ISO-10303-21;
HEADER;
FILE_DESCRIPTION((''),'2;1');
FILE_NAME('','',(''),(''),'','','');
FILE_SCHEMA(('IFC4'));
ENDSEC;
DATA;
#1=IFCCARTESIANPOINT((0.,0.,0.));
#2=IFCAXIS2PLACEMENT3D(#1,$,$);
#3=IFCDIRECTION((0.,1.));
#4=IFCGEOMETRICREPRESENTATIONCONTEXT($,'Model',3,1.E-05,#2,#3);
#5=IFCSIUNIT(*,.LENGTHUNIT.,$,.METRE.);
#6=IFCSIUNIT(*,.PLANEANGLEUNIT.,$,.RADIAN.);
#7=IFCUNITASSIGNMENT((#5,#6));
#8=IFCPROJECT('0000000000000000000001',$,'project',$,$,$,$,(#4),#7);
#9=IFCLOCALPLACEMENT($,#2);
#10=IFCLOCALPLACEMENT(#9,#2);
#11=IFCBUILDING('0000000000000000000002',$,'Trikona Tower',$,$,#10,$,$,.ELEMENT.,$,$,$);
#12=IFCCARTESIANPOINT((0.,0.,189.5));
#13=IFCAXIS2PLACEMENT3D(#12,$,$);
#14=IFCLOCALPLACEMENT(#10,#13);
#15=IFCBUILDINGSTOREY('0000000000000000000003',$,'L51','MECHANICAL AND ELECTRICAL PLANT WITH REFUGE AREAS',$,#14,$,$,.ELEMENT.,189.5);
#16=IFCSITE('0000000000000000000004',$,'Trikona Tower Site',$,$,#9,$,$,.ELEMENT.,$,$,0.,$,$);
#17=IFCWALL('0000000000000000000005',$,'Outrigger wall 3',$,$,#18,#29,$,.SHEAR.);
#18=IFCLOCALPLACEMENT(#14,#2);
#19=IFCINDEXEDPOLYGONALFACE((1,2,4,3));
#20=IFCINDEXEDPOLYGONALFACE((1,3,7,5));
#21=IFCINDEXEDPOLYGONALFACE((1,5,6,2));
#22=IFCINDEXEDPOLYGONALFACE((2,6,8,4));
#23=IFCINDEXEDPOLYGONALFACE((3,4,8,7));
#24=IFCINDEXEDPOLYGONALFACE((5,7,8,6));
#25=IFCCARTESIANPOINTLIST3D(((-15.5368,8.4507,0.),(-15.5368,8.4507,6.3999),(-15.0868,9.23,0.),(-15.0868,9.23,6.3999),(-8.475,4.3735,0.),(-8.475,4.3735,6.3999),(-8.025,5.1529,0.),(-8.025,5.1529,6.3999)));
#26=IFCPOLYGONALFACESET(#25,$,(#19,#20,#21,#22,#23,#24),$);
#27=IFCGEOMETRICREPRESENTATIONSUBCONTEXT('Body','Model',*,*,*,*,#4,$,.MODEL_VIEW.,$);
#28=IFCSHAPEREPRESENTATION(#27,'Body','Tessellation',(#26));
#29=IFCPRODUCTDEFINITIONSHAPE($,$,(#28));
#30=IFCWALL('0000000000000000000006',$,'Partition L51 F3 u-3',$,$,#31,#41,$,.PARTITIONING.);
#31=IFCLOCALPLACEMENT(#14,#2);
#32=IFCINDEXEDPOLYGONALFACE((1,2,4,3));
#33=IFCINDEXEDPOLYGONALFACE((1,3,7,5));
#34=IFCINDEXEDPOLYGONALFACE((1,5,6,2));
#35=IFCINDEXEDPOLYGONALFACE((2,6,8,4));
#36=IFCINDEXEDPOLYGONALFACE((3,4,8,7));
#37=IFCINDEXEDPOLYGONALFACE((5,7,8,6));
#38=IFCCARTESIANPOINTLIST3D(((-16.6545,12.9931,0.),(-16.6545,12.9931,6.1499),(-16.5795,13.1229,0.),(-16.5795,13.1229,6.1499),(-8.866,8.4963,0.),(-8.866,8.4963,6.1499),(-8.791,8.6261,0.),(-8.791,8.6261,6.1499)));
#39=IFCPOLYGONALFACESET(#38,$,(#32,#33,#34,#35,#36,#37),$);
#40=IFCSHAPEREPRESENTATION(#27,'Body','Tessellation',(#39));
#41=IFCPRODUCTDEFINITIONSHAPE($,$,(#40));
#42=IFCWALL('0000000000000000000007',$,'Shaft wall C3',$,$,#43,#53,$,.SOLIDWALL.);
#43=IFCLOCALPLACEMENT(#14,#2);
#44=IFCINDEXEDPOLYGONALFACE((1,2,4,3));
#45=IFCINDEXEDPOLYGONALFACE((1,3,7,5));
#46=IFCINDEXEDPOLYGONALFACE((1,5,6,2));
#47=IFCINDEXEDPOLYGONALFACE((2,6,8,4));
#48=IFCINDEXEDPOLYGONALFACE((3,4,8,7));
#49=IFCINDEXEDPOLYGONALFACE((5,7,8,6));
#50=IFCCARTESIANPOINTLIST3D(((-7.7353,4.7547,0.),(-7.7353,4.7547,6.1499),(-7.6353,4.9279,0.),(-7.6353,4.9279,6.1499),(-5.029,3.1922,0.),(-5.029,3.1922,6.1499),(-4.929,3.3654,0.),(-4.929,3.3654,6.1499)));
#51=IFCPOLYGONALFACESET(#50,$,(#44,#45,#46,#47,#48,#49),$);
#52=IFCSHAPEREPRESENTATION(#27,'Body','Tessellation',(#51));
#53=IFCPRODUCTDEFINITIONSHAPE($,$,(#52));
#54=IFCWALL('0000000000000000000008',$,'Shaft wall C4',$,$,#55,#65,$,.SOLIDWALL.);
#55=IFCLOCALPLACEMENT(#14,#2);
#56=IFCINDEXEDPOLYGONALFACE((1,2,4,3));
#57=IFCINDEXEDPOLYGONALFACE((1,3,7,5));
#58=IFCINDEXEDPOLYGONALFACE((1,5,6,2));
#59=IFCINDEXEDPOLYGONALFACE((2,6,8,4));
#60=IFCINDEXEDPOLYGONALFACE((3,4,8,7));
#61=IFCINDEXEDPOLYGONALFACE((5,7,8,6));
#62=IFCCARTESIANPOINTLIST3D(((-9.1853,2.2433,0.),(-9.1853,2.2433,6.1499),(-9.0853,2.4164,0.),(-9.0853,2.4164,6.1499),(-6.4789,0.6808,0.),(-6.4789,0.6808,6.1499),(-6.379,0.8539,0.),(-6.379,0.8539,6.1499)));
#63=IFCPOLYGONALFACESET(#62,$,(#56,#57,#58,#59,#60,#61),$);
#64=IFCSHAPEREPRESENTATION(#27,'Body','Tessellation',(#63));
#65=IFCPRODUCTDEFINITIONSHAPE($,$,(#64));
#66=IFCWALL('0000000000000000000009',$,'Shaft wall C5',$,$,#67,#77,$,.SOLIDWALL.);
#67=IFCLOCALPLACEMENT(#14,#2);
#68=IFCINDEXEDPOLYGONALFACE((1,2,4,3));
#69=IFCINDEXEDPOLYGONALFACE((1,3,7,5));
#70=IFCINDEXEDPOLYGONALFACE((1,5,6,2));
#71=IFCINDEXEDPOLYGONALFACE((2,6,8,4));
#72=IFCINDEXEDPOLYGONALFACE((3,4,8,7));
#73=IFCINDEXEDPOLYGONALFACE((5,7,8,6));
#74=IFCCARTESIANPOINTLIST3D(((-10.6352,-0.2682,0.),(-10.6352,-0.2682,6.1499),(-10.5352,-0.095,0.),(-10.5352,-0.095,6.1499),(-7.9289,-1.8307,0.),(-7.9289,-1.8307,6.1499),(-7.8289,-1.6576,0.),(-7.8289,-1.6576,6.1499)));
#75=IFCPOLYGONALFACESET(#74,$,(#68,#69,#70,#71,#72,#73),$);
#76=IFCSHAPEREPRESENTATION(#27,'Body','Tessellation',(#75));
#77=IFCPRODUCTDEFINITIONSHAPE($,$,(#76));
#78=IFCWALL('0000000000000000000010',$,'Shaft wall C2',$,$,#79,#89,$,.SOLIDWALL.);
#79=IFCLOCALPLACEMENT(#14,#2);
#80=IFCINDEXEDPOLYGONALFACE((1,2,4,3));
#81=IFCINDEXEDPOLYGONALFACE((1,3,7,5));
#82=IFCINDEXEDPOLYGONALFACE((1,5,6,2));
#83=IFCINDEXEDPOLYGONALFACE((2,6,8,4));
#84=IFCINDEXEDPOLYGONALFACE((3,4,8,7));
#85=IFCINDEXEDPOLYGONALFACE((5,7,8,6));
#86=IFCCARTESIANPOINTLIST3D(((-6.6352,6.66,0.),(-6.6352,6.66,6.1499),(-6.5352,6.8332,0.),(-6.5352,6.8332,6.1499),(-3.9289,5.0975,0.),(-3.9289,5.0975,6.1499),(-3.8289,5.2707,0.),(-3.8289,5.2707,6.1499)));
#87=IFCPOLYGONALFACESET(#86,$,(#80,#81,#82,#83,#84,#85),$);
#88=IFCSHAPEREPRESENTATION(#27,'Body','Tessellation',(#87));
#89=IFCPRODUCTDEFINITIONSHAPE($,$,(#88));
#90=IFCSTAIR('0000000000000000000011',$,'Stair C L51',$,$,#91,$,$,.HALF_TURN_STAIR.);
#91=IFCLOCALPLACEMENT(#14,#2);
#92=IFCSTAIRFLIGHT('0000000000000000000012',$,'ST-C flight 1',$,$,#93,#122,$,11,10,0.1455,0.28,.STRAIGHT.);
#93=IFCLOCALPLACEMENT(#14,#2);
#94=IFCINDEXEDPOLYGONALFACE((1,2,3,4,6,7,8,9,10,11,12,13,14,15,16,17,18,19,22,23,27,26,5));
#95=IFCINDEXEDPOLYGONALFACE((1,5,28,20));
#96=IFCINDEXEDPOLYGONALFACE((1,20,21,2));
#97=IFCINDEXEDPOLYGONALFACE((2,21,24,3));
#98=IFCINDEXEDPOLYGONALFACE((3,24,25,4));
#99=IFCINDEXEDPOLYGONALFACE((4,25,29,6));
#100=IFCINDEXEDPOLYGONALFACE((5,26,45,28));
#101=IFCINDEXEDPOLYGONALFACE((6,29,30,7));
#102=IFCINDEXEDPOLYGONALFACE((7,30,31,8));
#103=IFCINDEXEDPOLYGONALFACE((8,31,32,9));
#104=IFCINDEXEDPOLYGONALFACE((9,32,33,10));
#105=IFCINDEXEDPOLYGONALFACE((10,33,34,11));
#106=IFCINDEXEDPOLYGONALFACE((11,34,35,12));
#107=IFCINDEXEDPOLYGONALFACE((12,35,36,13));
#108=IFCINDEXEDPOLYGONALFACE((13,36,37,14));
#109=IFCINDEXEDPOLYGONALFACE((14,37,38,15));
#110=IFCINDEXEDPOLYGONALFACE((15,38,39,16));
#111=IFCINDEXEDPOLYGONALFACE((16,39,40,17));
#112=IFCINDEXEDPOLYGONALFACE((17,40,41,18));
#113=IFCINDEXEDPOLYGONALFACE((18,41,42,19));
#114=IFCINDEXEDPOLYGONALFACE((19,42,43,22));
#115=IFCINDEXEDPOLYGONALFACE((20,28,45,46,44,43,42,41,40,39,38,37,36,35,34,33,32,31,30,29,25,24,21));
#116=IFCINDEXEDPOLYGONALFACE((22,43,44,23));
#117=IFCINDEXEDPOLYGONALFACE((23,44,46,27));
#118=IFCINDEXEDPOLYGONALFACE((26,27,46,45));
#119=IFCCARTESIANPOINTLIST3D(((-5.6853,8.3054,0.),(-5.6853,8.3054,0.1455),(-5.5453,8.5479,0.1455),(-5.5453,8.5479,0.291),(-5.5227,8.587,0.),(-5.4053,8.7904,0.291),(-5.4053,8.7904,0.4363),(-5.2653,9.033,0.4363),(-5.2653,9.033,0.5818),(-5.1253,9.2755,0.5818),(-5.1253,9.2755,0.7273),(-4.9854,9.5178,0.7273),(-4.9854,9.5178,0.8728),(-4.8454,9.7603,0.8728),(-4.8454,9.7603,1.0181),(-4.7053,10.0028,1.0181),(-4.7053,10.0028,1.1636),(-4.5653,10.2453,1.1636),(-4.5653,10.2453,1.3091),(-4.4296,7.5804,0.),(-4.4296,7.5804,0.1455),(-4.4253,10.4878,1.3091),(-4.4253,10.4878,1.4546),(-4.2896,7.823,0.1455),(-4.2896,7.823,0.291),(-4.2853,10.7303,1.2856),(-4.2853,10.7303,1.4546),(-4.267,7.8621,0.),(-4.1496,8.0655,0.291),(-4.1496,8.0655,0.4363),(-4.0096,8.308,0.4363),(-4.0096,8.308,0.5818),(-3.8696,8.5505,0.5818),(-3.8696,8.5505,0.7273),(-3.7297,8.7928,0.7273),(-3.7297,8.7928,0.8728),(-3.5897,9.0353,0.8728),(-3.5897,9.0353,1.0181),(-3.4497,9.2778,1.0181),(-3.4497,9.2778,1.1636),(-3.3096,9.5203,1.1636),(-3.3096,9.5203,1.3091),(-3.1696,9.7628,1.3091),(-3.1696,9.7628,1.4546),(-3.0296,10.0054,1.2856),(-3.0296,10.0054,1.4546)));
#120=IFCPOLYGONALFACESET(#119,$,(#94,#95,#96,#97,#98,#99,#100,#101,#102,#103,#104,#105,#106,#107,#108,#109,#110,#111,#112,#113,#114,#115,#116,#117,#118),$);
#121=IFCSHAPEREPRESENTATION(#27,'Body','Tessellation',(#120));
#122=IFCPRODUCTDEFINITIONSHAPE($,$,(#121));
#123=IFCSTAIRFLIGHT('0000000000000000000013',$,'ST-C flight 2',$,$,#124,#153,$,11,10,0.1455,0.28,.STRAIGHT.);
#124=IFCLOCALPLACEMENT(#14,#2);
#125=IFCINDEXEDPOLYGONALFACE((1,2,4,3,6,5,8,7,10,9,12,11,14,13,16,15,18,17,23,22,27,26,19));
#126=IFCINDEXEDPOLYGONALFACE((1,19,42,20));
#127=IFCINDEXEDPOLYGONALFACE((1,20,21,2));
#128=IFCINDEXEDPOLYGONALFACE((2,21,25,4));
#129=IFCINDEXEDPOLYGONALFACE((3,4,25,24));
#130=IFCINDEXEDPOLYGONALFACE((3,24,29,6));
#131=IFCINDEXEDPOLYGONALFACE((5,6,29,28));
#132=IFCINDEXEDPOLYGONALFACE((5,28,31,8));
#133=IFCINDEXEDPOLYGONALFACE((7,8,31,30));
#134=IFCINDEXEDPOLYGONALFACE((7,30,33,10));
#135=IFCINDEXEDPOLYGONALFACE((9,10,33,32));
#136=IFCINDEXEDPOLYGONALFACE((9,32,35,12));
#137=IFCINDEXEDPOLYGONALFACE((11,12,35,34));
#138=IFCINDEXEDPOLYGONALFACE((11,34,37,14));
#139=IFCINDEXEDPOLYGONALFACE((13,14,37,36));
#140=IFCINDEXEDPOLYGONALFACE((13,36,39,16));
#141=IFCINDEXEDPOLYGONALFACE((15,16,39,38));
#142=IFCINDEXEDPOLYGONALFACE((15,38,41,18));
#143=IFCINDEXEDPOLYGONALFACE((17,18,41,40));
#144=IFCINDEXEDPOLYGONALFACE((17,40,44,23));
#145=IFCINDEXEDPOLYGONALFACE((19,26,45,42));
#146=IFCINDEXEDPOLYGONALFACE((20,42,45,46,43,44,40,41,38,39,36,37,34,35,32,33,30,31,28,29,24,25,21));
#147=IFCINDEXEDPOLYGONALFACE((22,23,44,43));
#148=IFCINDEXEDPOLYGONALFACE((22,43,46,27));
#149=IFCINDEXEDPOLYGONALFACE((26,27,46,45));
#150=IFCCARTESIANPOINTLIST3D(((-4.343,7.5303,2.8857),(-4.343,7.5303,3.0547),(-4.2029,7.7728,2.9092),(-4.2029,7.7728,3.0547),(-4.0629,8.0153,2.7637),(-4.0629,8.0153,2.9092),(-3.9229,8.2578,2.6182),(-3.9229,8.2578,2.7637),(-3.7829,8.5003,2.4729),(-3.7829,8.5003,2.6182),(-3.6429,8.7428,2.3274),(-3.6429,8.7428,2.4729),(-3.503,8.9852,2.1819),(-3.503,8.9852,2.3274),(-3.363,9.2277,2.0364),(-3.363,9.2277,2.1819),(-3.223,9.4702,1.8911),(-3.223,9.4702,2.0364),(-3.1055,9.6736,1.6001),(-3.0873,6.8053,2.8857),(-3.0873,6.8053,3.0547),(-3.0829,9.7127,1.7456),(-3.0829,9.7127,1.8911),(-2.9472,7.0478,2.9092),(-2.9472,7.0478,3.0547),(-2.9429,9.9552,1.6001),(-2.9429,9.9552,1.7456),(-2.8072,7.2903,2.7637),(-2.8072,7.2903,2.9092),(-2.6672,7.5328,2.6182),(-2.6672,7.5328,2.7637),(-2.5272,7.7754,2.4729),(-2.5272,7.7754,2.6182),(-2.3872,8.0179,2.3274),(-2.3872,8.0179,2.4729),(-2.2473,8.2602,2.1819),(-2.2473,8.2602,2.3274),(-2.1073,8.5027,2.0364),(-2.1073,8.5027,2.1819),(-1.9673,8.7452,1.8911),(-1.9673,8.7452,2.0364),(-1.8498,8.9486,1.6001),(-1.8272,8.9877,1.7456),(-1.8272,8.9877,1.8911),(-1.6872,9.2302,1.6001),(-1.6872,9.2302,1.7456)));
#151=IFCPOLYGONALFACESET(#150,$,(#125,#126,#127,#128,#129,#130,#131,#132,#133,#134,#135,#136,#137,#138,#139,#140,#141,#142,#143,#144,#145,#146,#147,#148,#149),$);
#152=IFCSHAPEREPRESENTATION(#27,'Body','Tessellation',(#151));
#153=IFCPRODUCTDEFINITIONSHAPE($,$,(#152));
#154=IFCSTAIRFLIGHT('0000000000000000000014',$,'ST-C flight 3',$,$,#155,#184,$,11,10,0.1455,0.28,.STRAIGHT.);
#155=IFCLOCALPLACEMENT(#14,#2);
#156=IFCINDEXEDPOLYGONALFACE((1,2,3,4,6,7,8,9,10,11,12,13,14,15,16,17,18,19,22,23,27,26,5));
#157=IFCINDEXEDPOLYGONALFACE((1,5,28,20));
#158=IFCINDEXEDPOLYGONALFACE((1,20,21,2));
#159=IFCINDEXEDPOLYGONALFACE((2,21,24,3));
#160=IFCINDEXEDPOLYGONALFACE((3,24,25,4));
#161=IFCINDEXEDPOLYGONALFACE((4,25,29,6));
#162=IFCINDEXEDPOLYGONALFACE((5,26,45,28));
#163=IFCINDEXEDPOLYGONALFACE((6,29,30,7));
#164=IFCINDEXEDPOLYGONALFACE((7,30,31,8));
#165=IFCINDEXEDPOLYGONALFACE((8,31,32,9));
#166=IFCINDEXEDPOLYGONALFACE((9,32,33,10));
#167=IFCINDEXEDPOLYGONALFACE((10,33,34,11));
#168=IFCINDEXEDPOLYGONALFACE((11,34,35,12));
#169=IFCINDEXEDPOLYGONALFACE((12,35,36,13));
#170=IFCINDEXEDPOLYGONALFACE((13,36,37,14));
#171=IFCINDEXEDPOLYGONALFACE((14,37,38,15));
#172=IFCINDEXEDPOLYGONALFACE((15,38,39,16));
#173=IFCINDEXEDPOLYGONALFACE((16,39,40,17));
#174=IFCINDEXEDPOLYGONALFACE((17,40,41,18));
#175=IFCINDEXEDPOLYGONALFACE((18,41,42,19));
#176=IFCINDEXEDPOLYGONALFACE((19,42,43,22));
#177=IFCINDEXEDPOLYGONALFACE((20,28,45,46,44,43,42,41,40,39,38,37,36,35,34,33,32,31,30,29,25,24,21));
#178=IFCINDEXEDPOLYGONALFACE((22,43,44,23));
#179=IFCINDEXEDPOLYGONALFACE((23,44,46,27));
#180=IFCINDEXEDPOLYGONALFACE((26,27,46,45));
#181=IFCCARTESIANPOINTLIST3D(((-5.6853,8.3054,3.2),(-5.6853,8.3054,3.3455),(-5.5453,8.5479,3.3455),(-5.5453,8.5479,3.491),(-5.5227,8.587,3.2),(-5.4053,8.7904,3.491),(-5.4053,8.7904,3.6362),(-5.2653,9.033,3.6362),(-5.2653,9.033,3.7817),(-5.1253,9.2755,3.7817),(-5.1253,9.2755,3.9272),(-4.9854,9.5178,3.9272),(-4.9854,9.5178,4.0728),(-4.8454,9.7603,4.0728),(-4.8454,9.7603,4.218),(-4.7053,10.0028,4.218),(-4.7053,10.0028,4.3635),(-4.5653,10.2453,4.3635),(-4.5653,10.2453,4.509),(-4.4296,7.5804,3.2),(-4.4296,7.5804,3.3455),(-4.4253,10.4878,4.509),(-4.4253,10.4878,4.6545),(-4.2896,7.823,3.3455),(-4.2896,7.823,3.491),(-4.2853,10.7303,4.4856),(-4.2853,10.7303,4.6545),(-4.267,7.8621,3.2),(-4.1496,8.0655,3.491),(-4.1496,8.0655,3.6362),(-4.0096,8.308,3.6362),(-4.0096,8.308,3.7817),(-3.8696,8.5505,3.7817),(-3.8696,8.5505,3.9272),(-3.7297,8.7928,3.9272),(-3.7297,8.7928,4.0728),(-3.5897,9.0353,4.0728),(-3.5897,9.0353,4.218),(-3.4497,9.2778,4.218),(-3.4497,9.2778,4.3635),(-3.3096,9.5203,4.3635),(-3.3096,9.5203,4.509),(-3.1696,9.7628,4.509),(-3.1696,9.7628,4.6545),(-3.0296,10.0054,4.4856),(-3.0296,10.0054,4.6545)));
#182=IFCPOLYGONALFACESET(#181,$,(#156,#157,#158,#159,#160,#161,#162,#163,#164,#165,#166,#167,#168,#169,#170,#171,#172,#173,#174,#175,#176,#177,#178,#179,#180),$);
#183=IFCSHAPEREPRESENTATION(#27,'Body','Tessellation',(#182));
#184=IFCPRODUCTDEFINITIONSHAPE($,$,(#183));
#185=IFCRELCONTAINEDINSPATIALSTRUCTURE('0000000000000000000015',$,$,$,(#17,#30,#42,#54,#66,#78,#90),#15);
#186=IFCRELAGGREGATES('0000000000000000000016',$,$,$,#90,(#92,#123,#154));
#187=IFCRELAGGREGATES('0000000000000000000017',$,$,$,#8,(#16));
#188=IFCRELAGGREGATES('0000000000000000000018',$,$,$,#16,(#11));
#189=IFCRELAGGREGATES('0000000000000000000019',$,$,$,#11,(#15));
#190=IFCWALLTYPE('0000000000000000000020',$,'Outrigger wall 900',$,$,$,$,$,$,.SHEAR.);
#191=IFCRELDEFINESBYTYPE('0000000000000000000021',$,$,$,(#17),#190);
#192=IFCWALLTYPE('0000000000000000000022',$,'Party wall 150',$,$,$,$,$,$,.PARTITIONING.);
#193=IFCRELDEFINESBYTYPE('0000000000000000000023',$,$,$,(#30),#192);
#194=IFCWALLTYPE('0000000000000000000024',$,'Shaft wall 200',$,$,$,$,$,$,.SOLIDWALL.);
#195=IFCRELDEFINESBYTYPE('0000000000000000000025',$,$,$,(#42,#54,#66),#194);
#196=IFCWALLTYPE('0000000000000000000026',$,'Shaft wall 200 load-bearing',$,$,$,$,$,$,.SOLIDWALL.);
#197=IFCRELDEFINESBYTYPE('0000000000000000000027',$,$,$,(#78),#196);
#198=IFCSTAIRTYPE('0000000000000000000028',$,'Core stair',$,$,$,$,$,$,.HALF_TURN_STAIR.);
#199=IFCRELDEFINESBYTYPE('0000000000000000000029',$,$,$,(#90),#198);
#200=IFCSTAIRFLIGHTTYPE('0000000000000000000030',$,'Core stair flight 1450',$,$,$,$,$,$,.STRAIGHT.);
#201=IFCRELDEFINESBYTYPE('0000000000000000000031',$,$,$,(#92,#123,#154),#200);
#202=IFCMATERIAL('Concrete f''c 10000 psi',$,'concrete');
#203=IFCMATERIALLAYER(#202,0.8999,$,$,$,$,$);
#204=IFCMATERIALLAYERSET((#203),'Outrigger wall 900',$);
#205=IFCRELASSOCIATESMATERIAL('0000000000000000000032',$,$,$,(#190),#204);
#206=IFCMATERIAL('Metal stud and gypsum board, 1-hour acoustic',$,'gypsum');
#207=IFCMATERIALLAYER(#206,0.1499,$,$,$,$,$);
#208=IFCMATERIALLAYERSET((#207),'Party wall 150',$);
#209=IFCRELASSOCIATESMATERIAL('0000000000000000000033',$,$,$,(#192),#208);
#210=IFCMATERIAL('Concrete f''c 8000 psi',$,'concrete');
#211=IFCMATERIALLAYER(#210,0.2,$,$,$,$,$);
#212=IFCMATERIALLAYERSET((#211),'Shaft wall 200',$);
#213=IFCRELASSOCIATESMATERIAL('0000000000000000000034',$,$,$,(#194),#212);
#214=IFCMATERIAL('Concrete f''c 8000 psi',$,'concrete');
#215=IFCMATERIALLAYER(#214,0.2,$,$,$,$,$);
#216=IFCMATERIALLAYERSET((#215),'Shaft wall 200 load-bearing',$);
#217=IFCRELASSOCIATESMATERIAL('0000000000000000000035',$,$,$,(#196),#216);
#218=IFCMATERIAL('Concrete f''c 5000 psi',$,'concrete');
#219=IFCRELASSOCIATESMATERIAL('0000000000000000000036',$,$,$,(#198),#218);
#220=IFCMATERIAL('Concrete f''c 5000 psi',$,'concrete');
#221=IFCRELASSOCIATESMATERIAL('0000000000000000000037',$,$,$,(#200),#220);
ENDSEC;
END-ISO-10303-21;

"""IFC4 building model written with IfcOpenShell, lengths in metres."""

from ifc_helpers import new_model, si_unit, direction, frame, frame_2d, origin, place, context, subcontext, project, spatial, polyline, rectangle, outline, extrude, material, layer, layer_set, type_object, element, aggregate, save


model = new_model("IFC4")

# Units and contexts
model_context = context("Model", 3, precision=1e-05, world=origin(), true_north=direction((0.0, 1.0)))
body_context = subcontext(model_context, "Body", "Model", "MODEL_VIEW")
ifc_project = project(units=[si_unit("LENGTHUNIT", "METRE"), si_unit("PLANEANGLEUNIT", "RADIAN")], contexts=[model_context])

# Site, building, storey
site_placement = place(None, origin())
site = spatial("IfcSite", under=ifc_project, at=site_placement, Name="Trikona Tower Site", CompositionType="ELEMENT", RefElevation=0.0)
building_placement = place(site_placement, origin())
building = spatial("IfcBuilding", under=site, at=building_placement, Name="Trikona Tower", CompositionType="ELEMENT")
storey_placement = place(building_placement, frame((0.0, 0.0, 189.5)))
storey = spatial("IfcBuildingStorey", under=building, at=storey_placement, Name="L51", Description="MECHANICAL AND ELECTRICAL PLANT WITH REFUGE AREAS", CompositionType="ELEMENT", Elevation=189.5)

# Walls
ifc_material_1 = material(Name="Concrete f'c 10000 psi", Category="concrete")
ifc_layer_1 = layer(ifc_material_1, 0.8999)
ifc_layer_set_1 = layer_set([ifc_layer_1], Name="Outrigger wall 900")
wall_type_1 = type_object("IfcWallType", Name="Outrigger wall 900", PredefinedType="SHEAR", material=ifc_layer_set_1)
wall_1_placement = place(storey_placement, frame((-8.25, 4.7632, 0.0), z_axis=(0.0, 0.0, 1.0), x_axis=(-0.866024, 0.500003, 0.0)))
element("IfcWall", 1, at=wall_1_placement, inside=storey, type_object=wall_type_1, Name="Outrigger wall 3", PredefinedType="SHEAR", context=body_context, shape_type="SweptSolid", body=[
    extrude(rectangle(XDim=8.1543, YDim=0.8999, at=frame_2d((4.0771, 0.0))), origin(), (0.0, 0.0, 1.0), 6.3999),
])
ifc_material_2 = material(Name="Metal stud and gypsum board, 1-hour acoustic", Category="gypsum")
ifc_layer_2 = layer(ifc_material_2, 0.1499)
ifc_layer_set_2 = layer_set([ifc_layer_2], Name="Party wall 150")
wall_type_2 = type_object("IfcWallType", Name="Party wall 150", PredefinedType="PARTITIONING", material=ifc_layer_set_2)
wall_2_placement = place(storey_placement, frame((-8.8286, 8.5613, 0.0), z_axis=(0.0, 0.0, 1.0), x_axis=(-0.866021, 0.500008, 0.0)))
element("IfcWall", 2, at=wall_2_placement, inside=storey, type_object=wall_type_2, Name="Partition L51 F3 u-3", PredefinedType="PARTITIONING", context=body_context, shape_type="SweptSolid", body=[
    extrude(rectangle(XDim=8.9934, YDim=0.1499, at=frame_2d((4.4966, 0.0))), origin(), (0.0, 0.0, 1.0), 6.1499),
])
ifc_material_3 = material(Name="Concrete f'c 8000 psi", Category="concrete")
ifc_layer_3 = layer(ifc_material_3, 0.2)
ifc_layer_set_3 = layer_set([ifc_layer_3], Name="Shaft wall 200")
wall_type_3 = type_object("IfcWallType", Name="Shaft wall 200", PredefinedType="SOLIDWALL", material=ifc_layer_set_3)
for number, where, z_axis, x_axis, name in (
    (3, (-4.979, 3.2788, 0.0), (0.0, 0.0, 1.0), (-0.866023, 0.500004, 0.0), "Shaft wall C3"),
    (4, (-6.429, 0.7673, 0.0), (0.0, 0.0, 1.0), (-0.866023, 0.500004, 0.0), "Shaft wall C4"),
    (5, (-7.8789, -1.7441, 0.0), (0.0, 0.0, 1.0), (-0.866023, 0.500004, 0.0), "Shaft wall C5"),
):
    element("IfcWall", number, at=place(storey_placement, frame(where, z_axis=z_axis, x_axis=x_axis)), inside=storey, type_object=wall_type_3, Name=name, PredefinedType="SOLIDWALL", context=body_context, shape_type="SweptSolid", body=[
        extrude(rectangle(XDim=3.125, YDim=0.2, at=frame_2d((1.5625, 0.0))), origin(), (0.0, 0.0, 1.0), 6.1499),
    ])
ifc_material_4 = material(Name="Concrete f'c 8000 psi", Category="concrete")
ifc_layer_4 = layer(ifc_material_4, 0.2)
ifc_layer_set_4 = layer_set([ifc_layer_4], Name="Shaft wall 200 load-bearing")
wall_type_4 = type_object("IfcWallType", Name="Shaft wall 200 load-bearing", PredefinedType="SOLIDWALL", material=ifc_layer_set_4)
wall_3_placement = place(storey_placement, frame((-3.8789, 5.1841, 0.0), z_axis=(0.0, 0.0, 1.0), x_axis=(-0.866023, 0.500004, 0.0)))
element("IfcWall", 6, at=wall_3_placement, inside=storey, type_object=wall_type_4, Name="Shaft wall C2", PredefinedType="SOLIDWALL", context=body_context, shape_type="SweptSolid", body=[
    extrude(rectangle(XDim=3.125, YDim=0.2, at=frame_2d((1.5625, 0.0))), origin(), (0.0, 0.0, 1.0), 6.1499),
])

# Stair, stair flights
ifc_material_5 = material(Name="Concrete f'c 5000 psi", Category="concrete")
stair_type = type_object("IfcStairType", Name="Core stair", PredefinedType="HALF_TURN_STAIR", material=ifc_material_5)
stair_placement = place(storey_placement, origin())
stair = element("IfcStair", 7, at=stair_placement, inside=storey, type_object=stair_type, Name="Stair C L51", PredefinedType="HALF_TURN_STAIR")
ifc_material_6 = material(Name="Concrete f'c 5000 psi", Category="concrete")
stair_flight_type = type_object("IfcStairFlightType", Name="Core stair flight 1450", PredefinedType="STRAIGHT", material=ifc_material_6)
stair_flight_1_placement = place(storey_placement, frame((-5.0574, 7.9429, 0.0), z_axis=(0.0, 0.0, 1.0), x_axis=(0.5, 0.866025, 0.0)))
stair_flight_1 = element("IfcStairFlight", 8, at=stair_flight_1_placement, type_object=stair_flight_type, Name="ST-C flight 1", NumberOfRisers=11, NumberOfTreads=10, PredefinedType="STRAIGHT", RiserHeight=0.1455, TreadLength=0.28, context=body_context, shape_type="SweptSolid", body=[
    extrude(outline(polyline([(0.0, 0.0), (0.0, 0.1455), (0.28, 0.1455), (0.28, 0.291), (0.5601, 0.291), (0.5601, 0.4363), (0.8401, 0.4363), (0.8401, 0.5818), (1.1201, 0.5818), (1.1201, 0.7273), (1.3999, 0.7273), (1.3999, 0.8728), (1.6799, 0.8728), (1.6799, 1.0181), (1.96, 1.0181), (1.96, 1.1636), (2.24, 1.1636), (2.24, 1.3091), (2.52, 1.3091), (2.52, 1.4546), (2.8, 1.4546), (2.8, 1.6001), (2.8, 1.2856), (0.3252, 0.0), (0.0, 0.0)])), frame((0.0, 0.7251, 0.0), z_axis=(0.0, -1.0, 0.0), x_axis=(1.0, 0.0, 0.0)), (0.0, 0.0, 1.0), 1.45),
])
stair_flight_2_placement = place(storey_placement, frame((-2.3152, 9.5928, 1.6001), z_axis=(0.0, 0.0, 1.0), x_axis=(-0.5, -0.866025, 0.0)))
stair_flight_2 = element("IfcStairFlight", 9, at=stair_flight_2_placement, type_object=stair_flight_type, Name="ST-C flight 2", NumberOfRisers=11, NumberOfTreads=10, PredefinedType="STRAIGHT", RiserHeight=0.1455, TreadLength=0.28, context=body_context, shape_type="SweptSolid", body=[
    extrude(outline(polyline([(0.0, 0.0), (0.0, 0.1455), (0.28, 0.1455), (0.28, 0.291), (0.5601, 0.291), (0.5601, 0.4363), (0.8401, 0.4363), (0.8401, 0.5818), (1.1201, 0.5818), (1.1201, 0.7273), (1.3999, 0.7273), (1.3999, 0.8728), (1.6799, 0.8728), (1.6799, 1.0181), (1.96, 1.0181), (1.96, 1.1636), (2.24, 1.1636), (2.24, 1.3091), (2.52, 1.3091), (2.52, 1.4546), (2.8, 1.4546), (2.8, 1.6001), (2.8, 1.2856), (0.3252, 0.0), (0.0, 0.0)])), frame((0.0, 0.7251, 0.0), z_axis=(0.0, -1.0, 0.0), x_axis=(1.0, 0.0, 0.0)), (0.0, 0.0, 1.0), 1.45),
])
stair_flight_3_placement = place(storey_placement, frame((-5.0574, 7.9429, 3.2), z_axis=(0.0, 0.0, 1.0), x_axis=(0.5, 0.866025, 0.0)))
stair_flight_3 = element("IfcStairFlight", 10, at=stair_flight_3_placement, type_object=stair_flight_type, Name="ST-C flight 3", NumberOfRisers=11, NumberOfTreads=10, PredefinedType="STRAIGHT", RiserHeight=0.1455, TreadLength=0.28, context=body_context, shape_type="SweptSolid", body=[
    extrude(outline(polyline([(0.0, 0.0), (0.0, 0.1455), (0.28, 0.1455), (0.28, 0.291), (0.5601, 0.291), (0.5601, 0.4363), (0.8401, 0.4363), (0.8401, 0.5818), (1.1201, 0.5818), (1.1201, 0.7273), (1.3999, 0.7273), (1.3999, 0.8728), (1.6799, 0.8728), (1.6799, 1.0181), (1.96, 1.0181), (1.96, 1.1636), (2.24, 1.1636), (2.24, 1.3091), (2.52, 1.3091), (2.52, 1.4546), (2.8, 1.4546), (2.8, 1.6001), (2.8, 1.2856), (0.3252, 0.0), (0.0, 0.0)])), frame((0.0, 0.7251, 0.0), z_axis=(0.0, -1.0, 0.0), x_axis=(1.0, 0.0, 0.0)), (0.0, 0.0, 1.0), 1.45),
])
aggregate(stair, [stair_flight_1, stair_flight_2, stair_flight_3])

save(model, "model.ifc")
